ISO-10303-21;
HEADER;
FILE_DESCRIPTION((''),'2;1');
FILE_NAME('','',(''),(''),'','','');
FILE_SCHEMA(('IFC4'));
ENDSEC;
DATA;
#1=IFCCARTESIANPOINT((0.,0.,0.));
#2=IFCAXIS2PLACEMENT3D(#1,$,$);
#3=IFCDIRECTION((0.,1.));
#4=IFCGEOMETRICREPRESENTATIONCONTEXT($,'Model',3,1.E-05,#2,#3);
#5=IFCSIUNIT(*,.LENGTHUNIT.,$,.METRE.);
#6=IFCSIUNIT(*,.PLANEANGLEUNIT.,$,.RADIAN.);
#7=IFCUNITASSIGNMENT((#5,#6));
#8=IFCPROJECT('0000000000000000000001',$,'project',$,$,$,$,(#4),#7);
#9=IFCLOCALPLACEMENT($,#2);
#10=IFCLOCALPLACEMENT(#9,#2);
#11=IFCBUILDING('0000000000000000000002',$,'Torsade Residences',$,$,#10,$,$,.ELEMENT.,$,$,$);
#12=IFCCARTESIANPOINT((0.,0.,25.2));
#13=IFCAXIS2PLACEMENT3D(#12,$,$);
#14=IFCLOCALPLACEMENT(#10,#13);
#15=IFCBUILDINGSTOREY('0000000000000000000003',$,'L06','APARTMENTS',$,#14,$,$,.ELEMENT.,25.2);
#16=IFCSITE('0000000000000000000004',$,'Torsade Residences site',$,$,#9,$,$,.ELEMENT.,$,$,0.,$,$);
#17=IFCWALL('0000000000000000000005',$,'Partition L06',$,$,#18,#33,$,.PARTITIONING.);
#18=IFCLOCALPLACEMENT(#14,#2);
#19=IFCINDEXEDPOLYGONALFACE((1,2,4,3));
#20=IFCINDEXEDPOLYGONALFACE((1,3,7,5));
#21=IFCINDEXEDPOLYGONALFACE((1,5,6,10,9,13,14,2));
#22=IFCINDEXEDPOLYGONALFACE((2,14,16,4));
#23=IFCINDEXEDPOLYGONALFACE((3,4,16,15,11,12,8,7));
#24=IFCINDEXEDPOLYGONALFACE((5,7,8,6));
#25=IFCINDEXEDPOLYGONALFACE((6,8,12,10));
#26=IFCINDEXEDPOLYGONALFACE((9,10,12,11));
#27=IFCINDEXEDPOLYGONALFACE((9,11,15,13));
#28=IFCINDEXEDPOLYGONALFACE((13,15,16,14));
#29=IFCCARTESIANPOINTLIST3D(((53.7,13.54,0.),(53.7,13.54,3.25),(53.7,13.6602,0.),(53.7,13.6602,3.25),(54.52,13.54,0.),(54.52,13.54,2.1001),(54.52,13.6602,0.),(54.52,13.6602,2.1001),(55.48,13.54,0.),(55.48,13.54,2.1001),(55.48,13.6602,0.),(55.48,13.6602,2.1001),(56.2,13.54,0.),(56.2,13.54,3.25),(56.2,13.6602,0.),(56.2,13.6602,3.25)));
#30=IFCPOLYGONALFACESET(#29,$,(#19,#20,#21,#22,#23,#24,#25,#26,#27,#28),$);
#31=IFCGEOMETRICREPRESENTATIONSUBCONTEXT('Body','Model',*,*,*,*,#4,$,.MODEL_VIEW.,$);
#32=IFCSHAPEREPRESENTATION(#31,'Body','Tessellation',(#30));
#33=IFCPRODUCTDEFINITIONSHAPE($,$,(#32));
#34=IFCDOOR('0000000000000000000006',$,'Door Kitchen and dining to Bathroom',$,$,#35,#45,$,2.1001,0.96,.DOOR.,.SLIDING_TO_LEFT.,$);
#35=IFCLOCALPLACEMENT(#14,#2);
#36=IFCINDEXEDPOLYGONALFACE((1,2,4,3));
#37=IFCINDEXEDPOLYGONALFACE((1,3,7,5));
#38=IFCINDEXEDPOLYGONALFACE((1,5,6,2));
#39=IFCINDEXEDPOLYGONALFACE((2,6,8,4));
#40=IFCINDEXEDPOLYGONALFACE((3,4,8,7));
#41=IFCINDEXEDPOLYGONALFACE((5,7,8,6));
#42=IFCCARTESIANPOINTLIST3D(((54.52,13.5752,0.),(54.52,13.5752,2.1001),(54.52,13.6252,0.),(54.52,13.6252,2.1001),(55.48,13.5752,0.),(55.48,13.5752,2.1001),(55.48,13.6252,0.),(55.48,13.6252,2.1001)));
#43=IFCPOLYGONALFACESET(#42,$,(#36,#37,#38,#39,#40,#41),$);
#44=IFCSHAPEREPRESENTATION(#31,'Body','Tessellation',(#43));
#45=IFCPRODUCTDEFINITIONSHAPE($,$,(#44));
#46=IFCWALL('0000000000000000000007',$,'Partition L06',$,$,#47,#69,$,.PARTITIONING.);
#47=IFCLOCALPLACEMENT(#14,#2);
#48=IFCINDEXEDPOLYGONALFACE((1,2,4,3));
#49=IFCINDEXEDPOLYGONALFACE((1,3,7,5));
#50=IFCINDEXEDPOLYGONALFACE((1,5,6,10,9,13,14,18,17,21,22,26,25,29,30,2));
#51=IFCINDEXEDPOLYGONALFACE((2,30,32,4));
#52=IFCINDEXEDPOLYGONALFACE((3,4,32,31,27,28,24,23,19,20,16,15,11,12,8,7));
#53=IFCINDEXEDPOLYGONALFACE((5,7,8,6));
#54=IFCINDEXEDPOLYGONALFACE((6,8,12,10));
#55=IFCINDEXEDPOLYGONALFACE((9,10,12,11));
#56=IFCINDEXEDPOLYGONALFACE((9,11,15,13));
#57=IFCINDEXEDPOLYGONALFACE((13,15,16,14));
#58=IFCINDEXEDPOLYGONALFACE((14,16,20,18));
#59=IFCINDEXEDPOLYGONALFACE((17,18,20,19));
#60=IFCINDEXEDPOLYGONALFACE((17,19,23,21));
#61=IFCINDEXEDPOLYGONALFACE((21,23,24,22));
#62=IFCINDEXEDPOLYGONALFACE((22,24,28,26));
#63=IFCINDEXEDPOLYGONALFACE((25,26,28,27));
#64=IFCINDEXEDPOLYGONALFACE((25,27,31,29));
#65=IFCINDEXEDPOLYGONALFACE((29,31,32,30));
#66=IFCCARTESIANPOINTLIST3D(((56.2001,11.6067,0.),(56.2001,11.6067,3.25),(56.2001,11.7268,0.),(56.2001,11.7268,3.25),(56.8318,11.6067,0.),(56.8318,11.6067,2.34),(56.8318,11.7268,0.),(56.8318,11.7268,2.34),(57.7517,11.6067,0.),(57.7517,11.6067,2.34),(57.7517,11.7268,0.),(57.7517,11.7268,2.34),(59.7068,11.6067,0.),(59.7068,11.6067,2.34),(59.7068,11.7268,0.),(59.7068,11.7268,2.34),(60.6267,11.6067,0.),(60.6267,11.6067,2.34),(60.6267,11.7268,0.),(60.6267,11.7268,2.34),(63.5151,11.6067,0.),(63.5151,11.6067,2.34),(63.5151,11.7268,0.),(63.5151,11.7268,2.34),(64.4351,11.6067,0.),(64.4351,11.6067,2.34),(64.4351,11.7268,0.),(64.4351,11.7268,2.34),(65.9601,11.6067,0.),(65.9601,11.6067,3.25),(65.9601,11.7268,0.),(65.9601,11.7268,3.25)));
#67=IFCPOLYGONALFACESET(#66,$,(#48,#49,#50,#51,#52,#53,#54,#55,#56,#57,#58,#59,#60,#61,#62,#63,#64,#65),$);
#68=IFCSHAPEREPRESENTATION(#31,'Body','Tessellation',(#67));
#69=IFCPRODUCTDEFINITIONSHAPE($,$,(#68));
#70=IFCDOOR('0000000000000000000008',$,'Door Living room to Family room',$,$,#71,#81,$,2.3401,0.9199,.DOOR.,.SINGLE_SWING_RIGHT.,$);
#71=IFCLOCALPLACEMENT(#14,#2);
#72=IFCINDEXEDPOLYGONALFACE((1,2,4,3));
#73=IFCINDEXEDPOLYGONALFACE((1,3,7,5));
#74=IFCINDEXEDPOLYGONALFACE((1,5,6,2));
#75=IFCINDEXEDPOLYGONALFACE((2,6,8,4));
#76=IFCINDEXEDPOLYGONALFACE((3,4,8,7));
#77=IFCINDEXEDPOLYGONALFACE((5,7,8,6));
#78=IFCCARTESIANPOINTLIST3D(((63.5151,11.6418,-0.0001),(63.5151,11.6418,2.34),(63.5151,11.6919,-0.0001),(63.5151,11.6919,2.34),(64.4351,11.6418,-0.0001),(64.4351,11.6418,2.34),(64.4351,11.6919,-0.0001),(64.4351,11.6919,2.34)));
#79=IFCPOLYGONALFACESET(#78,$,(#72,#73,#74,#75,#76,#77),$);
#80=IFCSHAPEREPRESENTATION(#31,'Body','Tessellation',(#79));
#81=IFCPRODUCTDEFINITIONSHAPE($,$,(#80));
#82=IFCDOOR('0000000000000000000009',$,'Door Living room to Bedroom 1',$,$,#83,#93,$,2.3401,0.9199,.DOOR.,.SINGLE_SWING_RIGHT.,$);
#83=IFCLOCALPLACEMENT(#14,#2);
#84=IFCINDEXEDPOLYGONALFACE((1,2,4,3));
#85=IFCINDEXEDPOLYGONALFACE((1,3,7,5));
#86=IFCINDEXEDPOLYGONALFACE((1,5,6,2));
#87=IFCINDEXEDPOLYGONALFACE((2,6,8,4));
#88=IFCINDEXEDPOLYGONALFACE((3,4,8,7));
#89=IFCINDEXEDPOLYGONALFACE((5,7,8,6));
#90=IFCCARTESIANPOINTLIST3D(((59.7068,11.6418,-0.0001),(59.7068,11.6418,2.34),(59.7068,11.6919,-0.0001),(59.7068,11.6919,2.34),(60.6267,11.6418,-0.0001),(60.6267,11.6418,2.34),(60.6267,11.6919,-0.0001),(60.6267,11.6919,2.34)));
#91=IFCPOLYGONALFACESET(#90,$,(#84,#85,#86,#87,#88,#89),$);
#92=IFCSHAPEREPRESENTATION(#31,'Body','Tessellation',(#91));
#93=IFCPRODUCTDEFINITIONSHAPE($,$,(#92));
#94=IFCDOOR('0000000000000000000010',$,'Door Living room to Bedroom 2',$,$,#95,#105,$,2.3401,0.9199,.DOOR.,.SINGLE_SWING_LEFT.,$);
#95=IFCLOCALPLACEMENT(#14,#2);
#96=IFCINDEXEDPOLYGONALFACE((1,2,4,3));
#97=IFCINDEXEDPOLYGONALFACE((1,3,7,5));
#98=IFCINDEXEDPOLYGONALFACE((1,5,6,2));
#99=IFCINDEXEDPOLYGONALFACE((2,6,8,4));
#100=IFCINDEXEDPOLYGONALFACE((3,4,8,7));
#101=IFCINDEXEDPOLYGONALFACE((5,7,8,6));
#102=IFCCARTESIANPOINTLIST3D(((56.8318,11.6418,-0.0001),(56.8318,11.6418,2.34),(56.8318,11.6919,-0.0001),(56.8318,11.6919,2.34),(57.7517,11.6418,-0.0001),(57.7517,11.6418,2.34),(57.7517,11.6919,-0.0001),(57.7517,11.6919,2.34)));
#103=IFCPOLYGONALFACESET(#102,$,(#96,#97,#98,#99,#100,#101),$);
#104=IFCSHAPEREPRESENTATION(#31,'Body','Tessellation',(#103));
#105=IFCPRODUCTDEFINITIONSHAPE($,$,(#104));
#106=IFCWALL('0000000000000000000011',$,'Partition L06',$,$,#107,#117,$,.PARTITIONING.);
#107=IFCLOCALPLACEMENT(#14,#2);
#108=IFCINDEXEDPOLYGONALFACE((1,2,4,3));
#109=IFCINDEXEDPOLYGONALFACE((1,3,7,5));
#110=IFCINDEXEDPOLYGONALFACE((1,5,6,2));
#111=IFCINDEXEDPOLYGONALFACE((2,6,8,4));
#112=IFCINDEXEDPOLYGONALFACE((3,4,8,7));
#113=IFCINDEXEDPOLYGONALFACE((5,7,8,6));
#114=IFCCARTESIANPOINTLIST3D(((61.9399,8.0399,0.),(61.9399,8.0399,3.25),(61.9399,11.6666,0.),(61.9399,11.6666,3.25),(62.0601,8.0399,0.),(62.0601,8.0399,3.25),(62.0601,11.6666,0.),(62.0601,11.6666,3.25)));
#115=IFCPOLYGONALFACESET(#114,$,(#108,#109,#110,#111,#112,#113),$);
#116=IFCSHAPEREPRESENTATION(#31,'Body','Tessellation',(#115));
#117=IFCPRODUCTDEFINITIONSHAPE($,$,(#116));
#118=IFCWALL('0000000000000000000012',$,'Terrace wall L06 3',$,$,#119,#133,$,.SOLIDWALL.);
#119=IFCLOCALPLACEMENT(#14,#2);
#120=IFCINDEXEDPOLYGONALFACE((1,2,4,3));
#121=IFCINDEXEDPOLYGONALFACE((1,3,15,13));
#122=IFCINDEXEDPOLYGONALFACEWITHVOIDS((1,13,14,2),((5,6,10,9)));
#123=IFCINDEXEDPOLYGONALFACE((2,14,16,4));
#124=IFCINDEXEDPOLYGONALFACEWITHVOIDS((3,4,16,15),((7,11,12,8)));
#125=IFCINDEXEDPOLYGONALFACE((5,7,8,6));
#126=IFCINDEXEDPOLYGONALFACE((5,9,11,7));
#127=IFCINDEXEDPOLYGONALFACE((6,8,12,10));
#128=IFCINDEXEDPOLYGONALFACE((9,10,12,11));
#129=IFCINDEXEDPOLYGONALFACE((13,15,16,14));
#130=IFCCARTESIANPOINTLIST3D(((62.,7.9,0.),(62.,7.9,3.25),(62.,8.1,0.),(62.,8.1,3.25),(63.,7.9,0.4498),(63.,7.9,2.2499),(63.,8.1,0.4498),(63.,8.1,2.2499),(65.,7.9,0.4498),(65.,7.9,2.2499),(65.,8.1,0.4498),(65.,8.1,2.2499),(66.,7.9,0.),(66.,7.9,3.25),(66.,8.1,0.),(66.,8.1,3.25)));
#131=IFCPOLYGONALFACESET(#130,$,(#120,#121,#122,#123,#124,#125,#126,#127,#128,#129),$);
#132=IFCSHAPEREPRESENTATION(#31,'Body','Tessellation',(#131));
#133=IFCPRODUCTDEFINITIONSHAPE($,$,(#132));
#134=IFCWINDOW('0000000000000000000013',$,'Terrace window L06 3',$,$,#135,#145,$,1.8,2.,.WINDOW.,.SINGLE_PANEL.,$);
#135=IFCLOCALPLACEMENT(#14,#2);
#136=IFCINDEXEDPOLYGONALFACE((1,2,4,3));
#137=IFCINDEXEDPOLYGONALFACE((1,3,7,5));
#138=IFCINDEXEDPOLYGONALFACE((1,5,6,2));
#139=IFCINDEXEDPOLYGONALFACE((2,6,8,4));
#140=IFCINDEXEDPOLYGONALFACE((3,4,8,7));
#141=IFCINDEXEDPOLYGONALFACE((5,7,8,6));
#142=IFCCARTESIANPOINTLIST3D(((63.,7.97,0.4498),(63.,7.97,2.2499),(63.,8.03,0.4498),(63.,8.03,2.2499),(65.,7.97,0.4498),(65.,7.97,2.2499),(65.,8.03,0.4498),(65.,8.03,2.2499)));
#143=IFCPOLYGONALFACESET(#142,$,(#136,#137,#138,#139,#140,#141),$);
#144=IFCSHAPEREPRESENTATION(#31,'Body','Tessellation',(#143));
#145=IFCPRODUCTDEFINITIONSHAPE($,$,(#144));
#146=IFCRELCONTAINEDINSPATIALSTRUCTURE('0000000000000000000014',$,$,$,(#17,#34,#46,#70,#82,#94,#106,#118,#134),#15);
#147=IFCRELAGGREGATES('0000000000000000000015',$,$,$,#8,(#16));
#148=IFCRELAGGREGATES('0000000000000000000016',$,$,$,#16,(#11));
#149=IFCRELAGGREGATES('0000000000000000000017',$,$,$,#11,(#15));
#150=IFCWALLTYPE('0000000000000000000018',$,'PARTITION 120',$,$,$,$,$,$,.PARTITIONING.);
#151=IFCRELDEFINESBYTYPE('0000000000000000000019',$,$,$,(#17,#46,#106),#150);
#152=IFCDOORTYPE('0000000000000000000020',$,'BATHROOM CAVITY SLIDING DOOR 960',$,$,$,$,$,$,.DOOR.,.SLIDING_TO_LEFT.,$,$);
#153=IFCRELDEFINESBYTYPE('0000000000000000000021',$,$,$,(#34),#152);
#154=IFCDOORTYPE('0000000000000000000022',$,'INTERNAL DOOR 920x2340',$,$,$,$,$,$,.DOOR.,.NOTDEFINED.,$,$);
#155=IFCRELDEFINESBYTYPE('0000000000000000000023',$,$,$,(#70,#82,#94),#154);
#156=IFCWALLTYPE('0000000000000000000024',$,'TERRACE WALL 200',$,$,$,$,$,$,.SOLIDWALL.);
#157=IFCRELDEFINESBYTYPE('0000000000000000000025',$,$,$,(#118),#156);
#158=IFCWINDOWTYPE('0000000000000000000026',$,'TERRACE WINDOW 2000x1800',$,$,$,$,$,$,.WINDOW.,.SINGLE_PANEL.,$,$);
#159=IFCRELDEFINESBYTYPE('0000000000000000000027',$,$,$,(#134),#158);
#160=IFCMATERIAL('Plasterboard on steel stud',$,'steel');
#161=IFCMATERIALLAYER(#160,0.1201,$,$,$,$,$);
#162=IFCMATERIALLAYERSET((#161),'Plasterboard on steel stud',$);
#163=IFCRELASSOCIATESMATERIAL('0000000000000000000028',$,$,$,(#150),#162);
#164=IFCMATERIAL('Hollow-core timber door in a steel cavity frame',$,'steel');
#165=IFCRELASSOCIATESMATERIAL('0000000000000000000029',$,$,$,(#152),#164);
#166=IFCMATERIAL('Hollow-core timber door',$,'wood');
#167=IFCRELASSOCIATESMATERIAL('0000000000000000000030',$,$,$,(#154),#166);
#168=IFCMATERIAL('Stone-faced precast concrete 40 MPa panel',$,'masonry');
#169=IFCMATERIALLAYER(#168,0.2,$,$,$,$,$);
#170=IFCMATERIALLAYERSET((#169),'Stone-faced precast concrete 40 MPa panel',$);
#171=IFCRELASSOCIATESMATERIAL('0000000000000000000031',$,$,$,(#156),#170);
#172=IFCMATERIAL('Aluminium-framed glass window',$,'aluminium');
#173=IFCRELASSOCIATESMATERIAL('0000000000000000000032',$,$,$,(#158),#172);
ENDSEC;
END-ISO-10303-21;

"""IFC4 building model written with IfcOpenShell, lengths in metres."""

from ifc_helpers import new_model, si_unit, direction, frame, frame_2d, origin, place, context, subcontext, project, spatial, rectangle, extrude, material, layer, layer_set, type_object, element, fill, save


model = new_model("IFC4")

# Units and contexts
model_context = context("Model", 3, precision=1e-05, world=origin(), true_north=direction((0.0, 1.0)))
body_context = subcontext(model_context, "Body", "Model", "MODEL_VIEW")
ifc_project = project(units=[si_unit("LENGTHUNIT", "METRE"), si_unit("PLANEANGLEUNIT", "RADIAN")], contexts=[model_context])

# Site, building, storey
site_placement = place(None, origin())
site = spatial("IfcSite", under=ifc_project, at=site_placement, Name="Torsade Residences site", CompositionType="ELEMENT", RefElevation=0.0)
building_placement = place(site_placement, origin())
building = spatial("IfcBuilding", under=site, at=building_placement, Name="Torsade Residences", CompositionType="ELEMENT")
storey_placement = place(building_placement, frame((0.0, 0.0, 25.2)))
storey = spatial("IfcBuildingStorey", under=building, at=storey_placement, Name="L06", Description="APARTMENTS", CompositionType="ELEMENT", Elevation=25.2)

# Shared definitions
ifc_material_1 = material(Name="Plasterboard on steel stud", Category="steel")
ifc_layer_1 = layer(ifc_material_1, 0.1201)
ifc_layer_set_1 = layer_set([ifc_layer_1], Name="Plasterboard on steel stud")
wall_type_1 = type_object("IfcWallType", Name="PARTITION 120", PredefinedType="PARTITIONING", material=ifc_layer_set_1)
ifc_material_2 = material(Name="Hollow-core timber door in a steel cavity frame", Category="steel")
door_type_1 = type_object("IfcDoorType", Name="BATHROOM CAVITY SLIDING DOOR 960", OperationType="SLIDING_TO_LEFT", PredefinedType="DOOR", material=ifc_material_2)
ifc_material_3 = material(Name="Hollow-core timber door", Category="wood")
door_type_2 = type_object("IfcDoorType", Name="INTERNAL DOOR 920x2340", OperationType="NOTDEFINED", PredefinedType="DOOR", material=ifc_material_3)

# Wall, opening, door
wall_1_placement = place(storey_placement, frame((56.2, 13.6001, 0.0), z_axis=(0.0, 0.0, 1.0), x_axis=(-1.0, 0.0, 0.0)))
wall_1 = element("IfcWall", 1, at=wall_1_placement, inside=storey, type_object=wall_type_1, Name="Partition L06", PredefinedType="PARTITIONING", context=body_context, shape_type="SweptSolid", body=[
    extrude(rectangle(XDim=2.5, YDim=0.1201, at=frame_2d((1.25, 0.0))), origin(), (0.0, 0.0, 1.0), 3.25),
])
opening_1_placement = place(wall_1_placement, frame((0.72, 0.0, 0.0)))
opening_1 = element("IfcOpeningElement", 2, at=opening_1_placement, cuts=wall_1, PredefinedType="OPENING", context=body_context, shape_type="SweptSolid", body=[
    extrude(rectangle(XDim=0.96, YDim=2.1001, at=frame_2d((0.48, 1.05))), frame((0.0, 0.0701, 0.0), z_axis=(0.0, -1.0, 0.0), x_axis=(1.0, 0.0, 0.0)), (0.0, 0.0, 1.0), 0.1401),
])
door_1_placement = place(opening_1_placement, origin())
door_1 = element("IfcDoor", 3, at=door_1_placement, inside=storey, type_object=door_type_1, Name="Door Kitchen and dining to Bathroom", OperationType="SLIDING_TO_LEFT", OverallHeight=2.1001, OverallWidth=0.96, PredefinedType="DOOR", context=body_context, shape_type="SweptSolid", body=[
    extrude(rectangle(XDim=0.96, YDim=2.1001, at=frame_2d((0.48, 1.05))), frame((0.0, 0.0249, 0.0), z_axis=(0.0, -1.0, 0.0), x_axis=(1.0, 0.0, 0.0)), (0.0, 0.0, 1.0), 0.05),
])
fill(opening_1, door_1)

# Wall, openings, doors
wall_2_placement = place(storey_placement, frame((65.96, 11.6667, 0.0), z_axis=(0.0, 0.0, 1.0), x_axis=(-1.0, 0.0, 0.0)))
wall_2 = element("IfcWall", 4, at=wall_2_placement, inside=storey, type_object=wall_type_1, Name="Partition L06", PredefinedType="PARTITIONING", context=body_context, shape_type="SweptSolid", body=[
    extrude(rectangle(XDim=9.76, YDim=0.1201, at=frame_2d((4.8799, 0.0))), origin(), (0.0, 0.0, 1.0), 3.25),
])
opening_2_placement = place(wall_2_placement, frame((1.5249, 0.0, 0.0)))
opening_2 = element("IfcOpeningElement", 5, at=opening_2_placement, cuts=wall_2, PredefinedType="OPENING", context=body_context, shape_type="SweptSolid", body=[
    extrude(rectangle(XDim=0.9199, YDim=2.3401, at=frame_2d((0.46, 1.1699))), frame((0.0, 0.0701, 0.0), z_axis=(0.0, -1.0, 0.0), x_axis=(1.0, 0.0, 0.0)), (0.0, 0.0, 1.0), 0.1401),
])
opening_3_placement = place(wall_2_placement, frame((5.3333, 0.0, 0.0)))
opening_3 = element("IfcOpeningElement", 6, at=opening_3_placement, cuts=wall_2, PredefinedType="OPENING", context=body_context, shape_type="SweptSolid", body=[
    extrude(rectangle(XDim=0.9199, YDim=2.3401, at=frame_2d((0.46, 1.1699))), frame((0.0, 0.0701, 0.0), z_axis=(0.0, -1.0, 0.0), x_axis=(1.0, 0.0, 0.0)), (0.0, 0.0, 1.0), 0.1401),
])
opening_4_placement = place(wall_2_placement, frame((8.2083, 0.0, 0.0)))
opening_4 = element("IfcOpeningElement", 7, at=opening_4_placement, cuts=wall_2, PredefinedType="OPENING", context=body_context, shape_type="SweptSolid", body=[
    extrude(rectangle(XDim=0.9199, YDim=2.3401, at=frame_2d((0.46, 1.1699))), frame((0.0, 0.0701, 0.0), z_axis=(0.0, -1.0, 0.0), x_axis=(1.0, 0.0, 0.0)), (0.0, 0.0, 1.0), 0.1401),
])
door_2_placement = place(opening_2_placement, origin())
door_2 = element("IfcDoor", 8, at=door_2_placement, inside=storey, type_object=door_type_2, Name="Door Living room to Family room", OperationType="SINGLE_SWING_RIGHT", OverallHeight=2.3401, OverallWidth=0.9199, PredefinedType="DOOR", context=body_context, shape_type="SweptSolid", body=[
    extrude(rectangle(XDim=0.9199, YDim=2.3401, at=frame_2d((0.46, 1.1699))), frame((0.0, 0.0249, 0.0), z_axis=(0.0, -1.0, 0.0), x_axis=(1.0, 0.0, 0.0)), (0.0, 0.0, 1.0), 0.05),
])
fill(opening_2, door_2)
door_3_placement = place(opening_3_placement, origin())
door_3 = element("IfcDoor", 9, at=door_3_placement, inside=storey, type_object=door_type_2, Name="Door Living room to Bedroom 1", OperationType="SINGLE_SWING_RIGHT", OverallHeight=2.3401, OverallWidth=0.9199, PredefinedType="DOOR", context=body_context, shape_type="SweptSolid", body=[
    extrude(rectangle(XDim=0.9199, YDim=2.3401, at=frame_2d((0.46, 1.1699))), frame((0.0, 0.0249, 0.0), z_axis=(0.0, -1.0, 0.0), x_axis=(1.0, 0.0, 0.0)), (0.0, 0.0, 1.0), 0.05),
])
fill(opening_3, door_3)
door_4_placement = place(opening_4_placement, origin())
door_4 = element("IfcDoor", 10, at=door_4_placement, inside=storey, type_object=door_type_2, Name="Door Living room to Bedroom 2", OperationType="SINGLE_SWING_LEFT", OverallHeight=2.3401, OverallWidth=0.9199, PredefinedType="DOOR", context=body_context, shape_type="SweptSolid", body=[
    extrude(rectangle(XDim=0.9199, YDim=2.3401, at=frame_2d((0.46, 1.1699))), frame((0.0, 0.0249, 0.0), z_axis=(0.0, -1.0, 0.0), x_axis=(1.0, 0.0, 0.0)), (0.0, 0.0, 1.0), 0.05),
])
fill(opening_4, door_4)

# Wall
wall_3_placement = place(storey_placement, frame((62.0, 11.6667, 0.0), z_axis=(0.0, 0.0, 1.0), x_axis=(0.0, -1.0, 0.0)))
element("IfcWall", 11, at=wall_3_placement, inside=storey, type_object=wall_type_1, Name="Partition L06", PredefinedType="PARTITIONING", context=body_context, shape_type="SweptSolid", body=[
    extrude(rectangle(XDim=3.6267, YDim=0.1201, at=frame_2d((1.8135, 0.0))), origin(), (0.0, 0.0, 1.0), 3.25),
])

# Wall, opening, window
ifc_material_4 = material(Name="Stone-faced precast concrete 40 MPa panel", Category="masonry")
ifc_layer_2 = layer(ifc_material_4, 0.2)
ifc_layer_set_2 = layer_set([ifc_layer_2], Name="Stone-faced precast concrete 40 MPa panel")
wall_type_2 = type_object("IfcWallType", Name="TERRACE WALL 200", PredefinedType="SOLIDWALL", material=ifc_layer_set_2)
wall_4_placement = place(storey_placement, frame((62.0, 8.0, 0.0), z_axis=(0.0, 0.0, 1.0), x_axis=(1.0, 0.0, 0.0)))
wall_4 = element("IfcWall", 12, at=wall_4_placement, inside=storey, type_object=wall_type_2, Name="Terrace wall L06 3", PredefinedType="SOLIDWALL", context=body_context, shape_type="SweptSolid", body=[
    extrude(rectangle(XDim=4.0, YDim=0.2, at=frame_2d((2.0, 0.0))), origin(), (0.0, 0.0, 1.0), 3.25),
])
opening_5_placement = place(wall_4_placement, frame((1.0, 0.0, 0.45)))
opening_5 = element("IfcOpeningElement", 13, at=opening_5_placement, cuts=wall_4, PredefinedType="OPENING", context=body_context, shape_type="SweptSolid", body=[
    extrude(rectangle(XDim=2.0, YDim=1.8, at=frame_2d((1.0, 0.8999))), frame((0.0, 0.1099, 0.0), z_axis=(0.0, -1.0, 0.0), x_axis=(1.0, 0.0, 0.0)), (0.0, 0.0, 1.0), 0.22),
])
ifc_material_5 = material(Name="Aluminium-framed glass window", Category="aluminium")
window_type = type_object("IfcWindowType", Name="TERRACE WINDOW 2000x1800", PartitioningType="SINGLE_PANEL", PredefinedType="WINDOW", material=ifc_material_5)
window_placement = place(opening_5_placement, origin())
window = element("IfcWindow", 14, at=window_placement, inside=storey, type_object=window_type, Name="Terrace window L06 3", OverallHeight=1.8, OverallWidth=2.0, PartitioningType="SINGLE_PANEL", PredefinedType="WINDOW", context=body_context, shape_type="SweptSolid", body=[
    extrude(rectangle(XDim=2.0, YDim=1.8, at=frame_2d((1.0, 0.8999))), frame((0.0, 0.03, 0.0), z_axis=(0.0, -1.0, 0.0), x_axis=(1.0, 0.0, 0.0)), (0.0, 0.0, 1.0), 0.0601),
])
fill(opening_5, window)

save(model, "model.ifc")
